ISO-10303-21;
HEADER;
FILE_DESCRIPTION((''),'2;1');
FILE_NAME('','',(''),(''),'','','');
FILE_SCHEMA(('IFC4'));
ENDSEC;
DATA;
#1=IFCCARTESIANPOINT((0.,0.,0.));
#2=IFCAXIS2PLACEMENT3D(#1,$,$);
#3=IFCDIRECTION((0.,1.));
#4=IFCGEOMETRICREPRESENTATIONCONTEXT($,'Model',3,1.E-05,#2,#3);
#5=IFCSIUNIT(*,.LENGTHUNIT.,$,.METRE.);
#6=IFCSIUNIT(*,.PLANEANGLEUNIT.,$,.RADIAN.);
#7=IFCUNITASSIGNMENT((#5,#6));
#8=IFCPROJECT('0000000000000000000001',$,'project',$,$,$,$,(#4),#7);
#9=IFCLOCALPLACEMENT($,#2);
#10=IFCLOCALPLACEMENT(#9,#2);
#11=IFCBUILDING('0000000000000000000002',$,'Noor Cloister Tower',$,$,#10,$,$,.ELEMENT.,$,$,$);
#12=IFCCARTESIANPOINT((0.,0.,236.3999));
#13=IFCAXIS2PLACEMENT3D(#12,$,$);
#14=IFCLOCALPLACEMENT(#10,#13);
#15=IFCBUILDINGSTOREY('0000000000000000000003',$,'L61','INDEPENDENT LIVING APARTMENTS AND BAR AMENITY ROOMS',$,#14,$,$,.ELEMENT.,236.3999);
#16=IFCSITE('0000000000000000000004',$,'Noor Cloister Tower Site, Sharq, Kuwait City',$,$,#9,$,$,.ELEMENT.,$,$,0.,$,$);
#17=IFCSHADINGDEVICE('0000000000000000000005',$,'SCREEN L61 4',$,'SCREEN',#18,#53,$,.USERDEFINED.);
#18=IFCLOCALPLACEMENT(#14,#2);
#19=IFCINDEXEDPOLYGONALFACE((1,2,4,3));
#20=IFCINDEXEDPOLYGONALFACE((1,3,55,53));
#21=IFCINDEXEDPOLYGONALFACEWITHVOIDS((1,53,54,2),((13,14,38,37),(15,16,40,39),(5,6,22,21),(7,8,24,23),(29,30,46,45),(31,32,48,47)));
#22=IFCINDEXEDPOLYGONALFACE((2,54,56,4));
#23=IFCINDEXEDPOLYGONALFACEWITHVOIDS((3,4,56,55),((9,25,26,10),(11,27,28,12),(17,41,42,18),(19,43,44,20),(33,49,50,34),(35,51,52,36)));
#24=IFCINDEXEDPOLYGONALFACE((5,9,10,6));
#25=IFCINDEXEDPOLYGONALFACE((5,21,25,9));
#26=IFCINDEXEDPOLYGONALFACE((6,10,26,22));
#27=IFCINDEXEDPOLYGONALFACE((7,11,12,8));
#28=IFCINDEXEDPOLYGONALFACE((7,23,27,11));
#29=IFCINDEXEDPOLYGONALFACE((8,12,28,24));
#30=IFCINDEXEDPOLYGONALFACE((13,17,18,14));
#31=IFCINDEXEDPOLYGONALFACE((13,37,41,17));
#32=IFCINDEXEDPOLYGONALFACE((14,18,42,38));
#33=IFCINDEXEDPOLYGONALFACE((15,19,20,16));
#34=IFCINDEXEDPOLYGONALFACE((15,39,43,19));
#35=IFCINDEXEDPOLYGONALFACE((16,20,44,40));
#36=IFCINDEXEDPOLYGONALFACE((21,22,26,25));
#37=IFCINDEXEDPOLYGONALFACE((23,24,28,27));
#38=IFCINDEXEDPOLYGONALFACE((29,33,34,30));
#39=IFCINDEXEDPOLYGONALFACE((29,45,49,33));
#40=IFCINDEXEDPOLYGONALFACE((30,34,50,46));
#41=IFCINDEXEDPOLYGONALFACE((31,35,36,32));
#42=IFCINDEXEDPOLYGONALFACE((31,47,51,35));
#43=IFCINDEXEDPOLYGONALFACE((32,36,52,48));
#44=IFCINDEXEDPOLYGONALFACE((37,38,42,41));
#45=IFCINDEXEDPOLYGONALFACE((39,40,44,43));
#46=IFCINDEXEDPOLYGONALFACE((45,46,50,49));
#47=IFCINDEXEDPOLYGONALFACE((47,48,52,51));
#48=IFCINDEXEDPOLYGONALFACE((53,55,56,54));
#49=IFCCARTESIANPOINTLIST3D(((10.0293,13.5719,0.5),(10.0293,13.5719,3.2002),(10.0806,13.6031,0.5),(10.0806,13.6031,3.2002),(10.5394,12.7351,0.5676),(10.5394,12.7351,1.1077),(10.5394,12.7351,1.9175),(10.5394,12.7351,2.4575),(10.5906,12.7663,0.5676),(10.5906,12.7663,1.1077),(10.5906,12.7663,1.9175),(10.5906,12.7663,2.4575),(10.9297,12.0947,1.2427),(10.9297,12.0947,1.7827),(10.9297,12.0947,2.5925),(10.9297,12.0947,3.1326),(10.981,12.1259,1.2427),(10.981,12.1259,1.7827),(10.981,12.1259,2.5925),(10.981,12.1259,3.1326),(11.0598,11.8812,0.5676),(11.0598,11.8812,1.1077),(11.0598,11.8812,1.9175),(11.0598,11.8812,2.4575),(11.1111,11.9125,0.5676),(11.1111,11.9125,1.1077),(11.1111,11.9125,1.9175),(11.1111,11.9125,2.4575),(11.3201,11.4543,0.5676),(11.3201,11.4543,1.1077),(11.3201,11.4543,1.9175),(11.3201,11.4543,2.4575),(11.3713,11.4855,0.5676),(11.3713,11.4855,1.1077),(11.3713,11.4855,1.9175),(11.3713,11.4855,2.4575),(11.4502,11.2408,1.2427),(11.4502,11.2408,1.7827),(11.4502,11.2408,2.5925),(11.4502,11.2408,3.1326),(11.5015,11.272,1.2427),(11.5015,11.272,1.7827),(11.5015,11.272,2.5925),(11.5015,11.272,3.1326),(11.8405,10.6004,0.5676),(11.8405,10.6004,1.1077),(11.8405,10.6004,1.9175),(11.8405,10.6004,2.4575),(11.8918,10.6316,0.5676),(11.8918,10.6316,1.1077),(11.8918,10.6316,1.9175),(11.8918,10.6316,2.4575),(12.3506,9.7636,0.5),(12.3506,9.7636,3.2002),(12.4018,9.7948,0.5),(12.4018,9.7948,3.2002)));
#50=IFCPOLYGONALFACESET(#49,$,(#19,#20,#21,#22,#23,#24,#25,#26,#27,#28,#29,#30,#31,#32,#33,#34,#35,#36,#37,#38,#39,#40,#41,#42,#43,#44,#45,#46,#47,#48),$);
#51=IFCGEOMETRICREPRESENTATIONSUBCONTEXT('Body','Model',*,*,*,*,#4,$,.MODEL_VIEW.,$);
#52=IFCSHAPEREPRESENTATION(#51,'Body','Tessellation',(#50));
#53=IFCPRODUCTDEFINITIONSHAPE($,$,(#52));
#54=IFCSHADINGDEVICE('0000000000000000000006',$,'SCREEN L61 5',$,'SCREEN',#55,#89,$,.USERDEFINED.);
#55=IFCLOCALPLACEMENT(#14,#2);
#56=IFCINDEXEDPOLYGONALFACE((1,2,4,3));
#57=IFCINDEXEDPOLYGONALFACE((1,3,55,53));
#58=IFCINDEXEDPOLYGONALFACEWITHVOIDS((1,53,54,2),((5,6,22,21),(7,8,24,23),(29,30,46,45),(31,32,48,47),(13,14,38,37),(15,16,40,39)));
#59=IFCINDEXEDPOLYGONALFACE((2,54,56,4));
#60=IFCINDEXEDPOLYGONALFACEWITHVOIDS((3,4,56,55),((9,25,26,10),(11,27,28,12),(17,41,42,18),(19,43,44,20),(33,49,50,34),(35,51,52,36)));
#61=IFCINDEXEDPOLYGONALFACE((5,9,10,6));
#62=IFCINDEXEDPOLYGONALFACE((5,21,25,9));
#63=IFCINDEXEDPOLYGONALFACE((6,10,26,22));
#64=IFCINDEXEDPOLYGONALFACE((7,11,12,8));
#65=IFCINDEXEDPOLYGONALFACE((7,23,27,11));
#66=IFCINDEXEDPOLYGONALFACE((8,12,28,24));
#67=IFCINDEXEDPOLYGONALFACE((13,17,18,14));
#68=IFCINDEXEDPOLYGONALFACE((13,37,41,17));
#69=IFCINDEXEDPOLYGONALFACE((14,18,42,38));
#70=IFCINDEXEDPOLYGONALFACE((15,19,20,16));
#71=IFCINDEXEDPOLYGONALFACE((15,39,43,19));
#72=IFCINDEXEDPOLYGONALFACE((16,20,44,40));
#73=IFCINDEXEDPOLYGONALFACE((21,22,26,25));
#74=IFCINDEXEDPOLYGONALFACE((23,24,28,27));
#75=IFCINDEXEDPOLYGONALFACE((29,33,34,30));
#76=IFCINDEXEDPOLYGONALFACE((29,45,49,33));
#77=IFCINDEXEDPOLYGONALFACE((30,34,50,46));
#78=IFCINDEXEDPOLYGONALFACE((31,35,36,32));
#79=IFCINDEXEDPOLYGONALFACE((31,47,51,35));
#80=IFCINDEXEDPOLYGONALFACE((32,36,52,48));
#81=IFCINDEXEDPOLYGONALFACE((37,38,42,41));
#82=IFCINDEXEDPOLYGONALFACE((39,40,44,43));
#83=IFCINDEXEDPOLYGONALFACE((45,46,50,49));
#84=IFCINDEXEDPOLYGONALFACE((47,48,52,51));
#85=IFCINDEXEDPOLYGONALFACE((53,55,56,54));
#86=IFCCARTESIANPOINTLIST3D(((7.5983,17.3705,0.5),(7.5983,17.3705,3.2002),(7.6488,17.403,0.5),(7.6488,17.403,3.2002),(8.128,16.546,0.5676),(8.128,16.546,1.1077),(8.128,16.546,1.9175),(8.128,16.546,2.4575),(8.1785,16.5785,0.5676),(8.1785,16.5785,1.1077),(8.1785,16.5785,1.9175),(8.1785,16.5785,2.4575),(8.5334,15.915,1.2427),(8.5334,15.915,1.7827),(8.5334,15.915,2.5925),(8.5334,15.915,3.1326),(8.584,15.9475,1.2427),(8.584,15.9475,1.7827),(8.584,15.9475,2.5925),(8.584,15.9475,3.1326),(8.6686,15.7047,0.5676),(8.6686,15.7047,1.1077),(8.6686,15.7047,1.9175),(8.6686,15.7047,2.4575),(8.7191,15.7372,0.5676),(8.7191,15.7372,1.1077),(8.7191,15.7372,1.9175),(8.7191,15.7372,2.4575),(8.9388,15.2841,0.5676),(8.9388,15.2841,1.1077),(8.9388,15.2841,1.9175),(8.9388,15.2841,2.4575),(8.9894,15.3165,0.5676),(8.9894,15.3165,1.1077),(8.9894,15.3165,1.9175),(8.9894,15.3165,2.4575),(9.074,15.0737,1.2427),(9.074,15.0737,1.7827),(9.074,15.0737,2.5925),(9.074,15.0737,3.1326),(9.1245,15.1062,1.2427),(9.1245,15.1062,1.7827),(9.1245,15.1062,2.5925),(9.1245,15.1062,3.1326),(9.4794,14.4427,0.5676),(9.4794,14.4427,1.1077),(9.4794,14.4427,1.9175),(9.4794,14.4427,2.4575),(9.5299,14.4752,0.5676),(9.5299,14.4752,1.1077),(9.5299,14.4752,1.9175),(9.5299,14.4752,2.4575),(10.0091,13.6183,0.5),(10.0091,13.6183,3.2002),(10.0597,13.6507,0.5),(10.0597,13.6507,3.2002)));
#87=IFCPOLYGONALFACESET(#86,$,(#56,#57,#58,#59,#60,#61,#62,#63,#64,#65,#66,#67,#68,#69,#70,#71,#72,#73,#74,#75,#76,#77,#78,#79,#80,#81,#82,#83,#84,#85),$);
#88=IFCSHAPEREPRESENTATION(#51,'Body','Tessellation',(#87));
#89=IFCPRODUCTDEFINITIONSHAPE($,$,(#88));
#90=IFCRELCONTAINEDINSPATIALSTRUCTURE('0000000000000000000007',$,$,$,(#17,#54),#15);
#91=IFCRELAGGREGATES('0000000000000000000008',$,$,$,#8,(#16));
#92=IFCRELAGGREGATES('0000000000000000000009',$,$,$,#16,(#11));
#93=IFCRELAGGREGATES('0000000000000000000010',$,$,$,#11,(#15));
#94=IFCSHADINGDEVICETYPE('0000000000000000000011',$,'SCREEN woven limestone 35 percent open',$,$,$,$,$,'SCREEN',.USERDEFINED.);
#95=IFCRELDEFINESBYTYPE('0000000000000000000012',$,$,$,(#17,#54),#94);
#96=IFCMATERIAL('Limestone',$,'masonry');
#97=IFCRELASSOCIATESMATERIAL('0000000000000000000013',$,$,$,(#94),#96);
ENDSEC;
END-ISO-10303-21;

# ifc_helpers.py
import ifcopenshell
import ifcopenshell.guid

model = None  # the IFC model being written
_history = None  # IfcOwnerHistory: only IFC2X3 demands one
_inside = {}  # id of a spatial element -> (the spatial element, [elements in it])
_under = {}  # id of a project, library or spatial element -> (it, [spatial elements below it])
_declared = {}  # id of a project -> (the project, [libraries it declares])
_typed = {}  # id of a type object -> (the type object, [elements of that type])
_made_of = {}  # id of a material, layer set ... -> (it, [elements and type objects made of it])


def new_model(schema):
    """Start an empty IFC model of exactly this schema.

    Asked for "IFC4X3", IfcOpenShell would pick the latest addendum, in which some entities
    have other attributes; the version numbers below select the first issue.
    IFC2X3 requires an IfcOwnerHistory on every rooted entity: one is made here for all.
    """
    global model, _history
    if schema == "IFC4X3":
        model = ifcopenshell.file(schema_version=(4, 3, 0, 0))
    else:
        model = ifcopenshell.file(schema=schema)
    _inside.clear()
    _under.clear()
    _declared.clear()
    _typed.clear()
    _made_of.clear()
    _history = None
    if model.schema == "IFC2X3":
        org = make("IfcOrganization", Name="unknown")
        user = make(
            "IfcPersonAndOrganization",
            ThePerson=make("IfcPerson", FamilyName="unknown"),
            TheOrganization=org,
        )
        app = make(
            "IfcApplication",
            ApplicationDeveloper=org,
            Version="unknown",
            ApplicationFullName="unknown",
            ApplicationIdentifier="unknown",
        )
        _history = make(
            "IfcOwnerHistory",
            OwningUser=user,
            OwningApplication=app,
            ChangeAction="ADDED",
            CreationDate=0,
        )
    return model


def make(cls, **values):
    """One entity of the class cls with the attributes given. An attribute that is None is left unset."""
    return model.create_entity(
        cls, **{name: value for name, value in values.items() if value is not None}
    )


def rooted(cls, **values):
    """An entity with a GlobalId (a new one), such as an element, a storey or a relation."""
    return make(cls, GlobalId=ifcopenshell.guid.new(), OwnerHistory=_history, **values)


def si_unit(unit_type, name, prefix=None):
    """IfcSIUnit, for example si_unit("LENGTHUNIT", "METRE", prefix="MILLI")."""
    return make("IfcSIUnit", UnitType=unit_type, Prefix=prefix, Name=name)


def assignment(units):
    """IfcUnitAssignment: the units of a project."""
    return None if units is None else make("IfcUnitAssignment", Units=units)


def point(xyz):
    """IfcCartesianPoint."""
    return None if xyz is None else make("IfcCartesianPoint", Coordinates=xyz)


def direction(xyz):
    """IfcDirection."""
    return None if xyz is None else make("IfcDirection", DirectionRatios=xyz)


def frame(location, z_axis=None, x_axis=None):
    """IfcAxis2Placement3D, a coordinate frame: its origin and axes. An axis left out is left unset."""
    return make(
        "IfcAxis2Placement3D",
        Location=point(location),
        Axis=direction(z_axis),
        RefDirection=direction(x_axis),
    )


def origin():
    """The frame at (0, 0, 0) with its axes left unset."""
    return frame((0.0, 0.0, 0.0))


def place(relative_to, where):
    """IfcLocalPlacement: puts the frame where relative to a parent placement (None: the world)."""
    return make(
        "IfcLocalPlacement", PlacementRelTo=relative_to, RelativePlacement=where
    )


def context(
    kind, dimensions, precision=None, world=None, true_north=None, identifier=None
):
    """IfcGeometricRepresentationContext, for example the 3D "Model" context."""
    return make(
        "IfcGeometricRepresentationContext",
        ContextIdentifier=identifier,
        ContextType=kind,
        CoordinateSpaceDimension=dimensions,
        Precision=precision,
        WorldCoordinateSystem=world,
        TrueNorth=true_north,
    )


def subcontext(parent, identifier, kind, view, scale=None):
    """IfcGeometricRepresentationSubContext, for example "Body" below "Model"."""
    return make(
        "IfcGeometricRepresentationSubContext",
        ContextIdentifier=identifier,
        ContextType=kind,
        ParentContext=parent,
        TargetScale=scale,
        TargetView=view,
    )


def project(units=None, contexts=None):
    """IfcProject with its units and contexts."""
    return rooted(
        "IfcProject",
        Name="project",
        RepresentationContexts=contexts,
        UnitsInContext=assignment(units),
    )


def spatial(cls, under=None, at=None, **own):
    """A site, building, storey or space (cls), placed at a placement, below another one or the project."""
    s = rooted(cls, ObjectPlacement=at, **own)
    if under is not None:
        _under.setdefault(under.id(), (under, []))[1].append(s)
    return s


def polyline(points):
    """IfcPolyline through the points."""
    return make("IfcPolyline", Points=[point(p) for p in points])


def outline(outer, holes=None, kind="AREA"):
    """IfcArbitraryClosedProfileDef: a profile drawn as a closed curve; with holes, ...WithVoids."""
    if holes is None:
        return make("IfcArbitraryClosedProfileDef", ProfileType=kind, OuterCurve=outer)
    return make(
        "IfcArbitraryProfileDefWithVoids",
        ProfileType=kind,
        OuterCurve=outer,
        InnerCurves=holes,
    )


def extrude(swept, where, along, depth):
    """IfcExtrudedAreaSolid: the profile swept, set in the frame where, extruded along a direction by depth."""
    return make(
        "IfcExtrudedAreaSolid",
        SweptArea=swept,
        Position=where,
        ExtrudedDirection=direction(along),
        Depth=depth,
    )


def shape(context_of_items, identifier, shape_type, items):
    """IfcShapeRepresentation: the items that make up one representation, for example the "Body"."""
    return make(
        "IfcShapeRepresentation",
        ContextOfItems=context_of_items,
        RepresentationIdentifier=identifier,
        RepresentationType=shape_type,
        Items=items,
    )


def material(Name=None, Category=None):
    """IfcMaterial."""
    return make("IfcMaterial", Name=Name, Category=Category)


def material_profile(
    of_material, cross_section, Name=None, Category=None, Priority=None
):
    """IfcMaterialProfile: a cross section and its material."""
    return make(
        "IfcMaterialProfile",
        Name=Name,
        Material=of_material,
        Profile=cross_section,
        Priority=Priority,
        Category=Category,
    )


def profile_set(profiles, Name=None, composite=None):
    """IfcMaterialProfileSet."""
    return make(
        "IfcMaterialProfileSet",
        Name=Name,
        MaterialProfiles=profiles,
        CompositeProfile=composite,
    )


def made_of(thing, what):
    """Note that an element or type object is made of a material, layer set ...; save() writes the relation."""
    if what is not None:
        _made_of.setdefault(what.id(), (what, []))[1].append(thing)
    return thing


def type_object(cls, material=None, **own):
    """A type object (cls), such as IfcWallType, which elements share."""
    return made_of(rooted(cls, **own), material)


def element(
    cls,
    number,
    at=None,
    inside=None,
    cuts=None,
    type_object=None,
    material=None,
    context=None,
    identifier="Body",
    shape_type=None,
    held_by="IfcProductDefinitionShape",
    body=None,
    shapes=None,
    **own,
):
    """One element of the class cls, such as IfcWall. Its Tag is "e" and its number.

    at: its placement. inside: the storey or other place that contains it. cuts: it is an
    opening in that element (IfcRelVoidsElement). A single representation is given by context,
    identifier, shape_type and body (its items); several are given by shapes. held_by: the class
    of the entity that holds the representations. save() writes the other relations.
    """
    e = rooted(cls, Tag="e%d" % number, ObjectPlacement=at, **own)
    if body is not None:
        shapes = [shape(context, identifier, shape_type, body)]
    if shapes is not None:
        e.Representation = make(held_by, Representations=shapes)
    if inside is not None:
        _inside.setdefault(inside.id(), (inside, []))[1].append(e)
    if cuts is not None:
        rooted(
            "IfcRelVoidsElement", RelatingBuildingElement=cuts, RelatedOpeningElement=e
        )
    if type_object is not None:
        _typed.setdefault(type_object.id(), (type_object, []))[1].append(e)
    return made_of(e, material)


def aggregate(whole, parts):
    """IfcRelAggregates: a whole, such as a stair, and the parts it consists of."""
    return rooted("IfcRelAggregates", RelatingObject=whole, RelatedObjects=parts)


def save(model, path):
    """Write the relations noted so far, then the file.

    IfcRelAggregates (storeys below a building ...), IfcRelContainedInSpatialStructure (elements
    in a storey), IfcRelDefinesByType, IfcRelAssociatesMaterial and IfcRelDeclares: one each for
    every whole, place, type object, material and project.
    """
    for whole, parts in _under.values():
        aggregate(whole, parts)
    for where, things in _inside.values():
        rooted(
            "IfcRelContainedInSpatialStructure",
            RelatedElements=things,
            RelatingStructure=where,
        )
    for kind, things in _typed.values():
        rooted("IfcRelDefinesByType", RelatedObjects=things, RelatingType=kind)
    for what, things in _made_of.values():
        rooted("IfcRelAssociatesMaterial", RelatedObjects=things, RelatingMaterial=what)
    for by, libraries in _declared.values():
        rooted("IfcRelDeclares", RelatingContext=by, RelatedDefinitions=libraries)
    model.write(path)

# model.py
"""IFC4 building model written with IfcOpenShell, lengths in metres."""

from ifc_helpers import new_model, si_unit, direction, frame, origin, place, context, subcontext, project, spatial, polyline, outline, extrude, material, material_profile, profile_set, type_object, element, save


model = new_model("IFC4")

# Units and contexts
model_context = context("Model", 3, precision=1e-05, world=origin(), true_north=direction((0.0, 1.0)))
body_context = subcontext(model_context, "Body", "Model", "MODEL_VIEW")
ifc_project = project(units=[si_unit("LENGTHUNIT", "METRE"), si_unit("PLANEANGLEUNIT", "RADIAN")], contexts=[model_context])

# Site, building, storey
site_placement = place(None, origin())
site = spatial("IfcSite", under=ifc_project, at=site_placement, Name="Noor Cloister Tower Site, Sharq, Kuwait City", CompositionType="ELEMENT", RefElevation=0.0)
building_placement = place(site_placement, origin())
building = spatial("IfcBuilding", under=site, at=building_placement, Name="Noor Cloister Tower", CompositionType="ELEMENT")
storey_placement = place(building_placement, frame((0.0, 0.0, 236.3999)))
storey = spatial("IfcBuildingStorey", under=building, at=storey_placement, Name="L61", Description="INDEPENDENT LIVING APARTMENTS AND BAR AMENITY ROOMS", CompositionType="ELEMENT", Elevation=236.3999)

# Shading devices
ifc_material_1 = material(Name="Limestone", Category="masonry")
ifc_material_profile_1 = material_profile(ifc_material_1, outline(polyline([(-2.23, -1.3501), (2.23, -1.3501), (2.23, 1.3501), (-2.23, 1.3501), (-2.23, -1.3501)]), holes=[polyline([(-1.25, -1.2825), (-0.25, -1.2825), (-0.25, -0.7424), (-1.25, -0.7424), (-1.25, -1.2825)]), polyline([(0.25, -1.2825), (1.25, -1.2825), (1.25, -0.7424), (0.25, -0.7424), (0.25, -1.2825)]), polyline([(-0.5, -0.6074), (0.5, -0.6074), (0.5, -0.0674), (-0.5, -0.0674), (-0.5, -0.6074)]), polyline([(-1.25, 0.0674), (-0.25, 0.0674), (-0.25, 0.6074), (-1.25, 0.6074), (-1.25, 0.0674)]), polyline([(0.25, 0.0674), (1.25, 0.0674), (1.25, 0.6074), (0.25, 0.6074), (0.25, 0.0674)]), polyline([(-0.5, 0.7424), (0.5, 0.7424), (0.5, 1.2825), (-0.5, 1.2825), (-0.5, 0.7424)])]), Name="Woven screen 35 percent open")
ifc_profile_set_1 = profile_set([ifc_material_profile_1], Name="Limestone")
shading_device_type = type_object("IfcShadingDeviceType", Name="SCREEN woven limestone 35 percent open", ElementType="SCREEN", PredefinedType="USERDEFINED", material=ifc_profile_set_1)
for number, where, z_axis, x_axis, name in (
    (1, (11.1899, 11.6677, 1.8501), (0.853884, 0.520463, 0.0), (-0.520463, 0.853884, 0.0), "SCREEN L61 4"),
    (2, (8.8037, 15.4944, 1.8501), (0.841311, 0.540552, 0.0), (-0.540552, 0.841311, 0.0), "SCREEN L61 5"),
):
    element("IfcShadingDevice", number, at=place(storey_placement, frame(where, z_axis=z_axis, x_axis=x_axis)), inside=storey, type_object=shading_device_type, Name=name, ObjectType="SCREEN", PredefinedType="USERDEFINED", context=body_context, shape_type="SweptSolid", body=[
        extrude(outline(polyline([(-2.23, -1.3501), (2.23, -1.3501), (2.23, 1.3501), (-2.23, 1.3501), (-2.23, -1.3501)]), holes=[polyline([(-1.25, -1.2825), (-0.25, -1.2825), (-0.25, -0.7424), (-1.25, -0.7424), (-1.25, -1.2825)]), polyline([(0.25, -1.2825), (1.25, -1.2825), (1.25, -0.7424), (0.25, -0.7424), (0.25, -1.2825)]), polyline([(-0.5, -0.6074), (0.5, -0.6074), (0.5, -0.0674), (-0.5, -0.0674), (-0.5, -0.6074)]), polyline([(-1.25, 0.0674), (-0.25, 0.0674), (-0.25, 0.6074), (-1.25, 0.6074), (-1.25, 0.0674)]), polyline([(0.25, 0.0674), (1.25, 0.0674), (1.25, 0.6074), (0.25, 0.6074), (0.25, 0.0674)]), polyline([(-0.5, 0.7424), (0.5, 0.7424), (0.5, 1.2825), (-0.5, 1.2825), (-0.5, 0.7424)])]), origin(), (0.0, 0.0, 1.0), 0.0601),
    ])

save(model, "model.ifc")
